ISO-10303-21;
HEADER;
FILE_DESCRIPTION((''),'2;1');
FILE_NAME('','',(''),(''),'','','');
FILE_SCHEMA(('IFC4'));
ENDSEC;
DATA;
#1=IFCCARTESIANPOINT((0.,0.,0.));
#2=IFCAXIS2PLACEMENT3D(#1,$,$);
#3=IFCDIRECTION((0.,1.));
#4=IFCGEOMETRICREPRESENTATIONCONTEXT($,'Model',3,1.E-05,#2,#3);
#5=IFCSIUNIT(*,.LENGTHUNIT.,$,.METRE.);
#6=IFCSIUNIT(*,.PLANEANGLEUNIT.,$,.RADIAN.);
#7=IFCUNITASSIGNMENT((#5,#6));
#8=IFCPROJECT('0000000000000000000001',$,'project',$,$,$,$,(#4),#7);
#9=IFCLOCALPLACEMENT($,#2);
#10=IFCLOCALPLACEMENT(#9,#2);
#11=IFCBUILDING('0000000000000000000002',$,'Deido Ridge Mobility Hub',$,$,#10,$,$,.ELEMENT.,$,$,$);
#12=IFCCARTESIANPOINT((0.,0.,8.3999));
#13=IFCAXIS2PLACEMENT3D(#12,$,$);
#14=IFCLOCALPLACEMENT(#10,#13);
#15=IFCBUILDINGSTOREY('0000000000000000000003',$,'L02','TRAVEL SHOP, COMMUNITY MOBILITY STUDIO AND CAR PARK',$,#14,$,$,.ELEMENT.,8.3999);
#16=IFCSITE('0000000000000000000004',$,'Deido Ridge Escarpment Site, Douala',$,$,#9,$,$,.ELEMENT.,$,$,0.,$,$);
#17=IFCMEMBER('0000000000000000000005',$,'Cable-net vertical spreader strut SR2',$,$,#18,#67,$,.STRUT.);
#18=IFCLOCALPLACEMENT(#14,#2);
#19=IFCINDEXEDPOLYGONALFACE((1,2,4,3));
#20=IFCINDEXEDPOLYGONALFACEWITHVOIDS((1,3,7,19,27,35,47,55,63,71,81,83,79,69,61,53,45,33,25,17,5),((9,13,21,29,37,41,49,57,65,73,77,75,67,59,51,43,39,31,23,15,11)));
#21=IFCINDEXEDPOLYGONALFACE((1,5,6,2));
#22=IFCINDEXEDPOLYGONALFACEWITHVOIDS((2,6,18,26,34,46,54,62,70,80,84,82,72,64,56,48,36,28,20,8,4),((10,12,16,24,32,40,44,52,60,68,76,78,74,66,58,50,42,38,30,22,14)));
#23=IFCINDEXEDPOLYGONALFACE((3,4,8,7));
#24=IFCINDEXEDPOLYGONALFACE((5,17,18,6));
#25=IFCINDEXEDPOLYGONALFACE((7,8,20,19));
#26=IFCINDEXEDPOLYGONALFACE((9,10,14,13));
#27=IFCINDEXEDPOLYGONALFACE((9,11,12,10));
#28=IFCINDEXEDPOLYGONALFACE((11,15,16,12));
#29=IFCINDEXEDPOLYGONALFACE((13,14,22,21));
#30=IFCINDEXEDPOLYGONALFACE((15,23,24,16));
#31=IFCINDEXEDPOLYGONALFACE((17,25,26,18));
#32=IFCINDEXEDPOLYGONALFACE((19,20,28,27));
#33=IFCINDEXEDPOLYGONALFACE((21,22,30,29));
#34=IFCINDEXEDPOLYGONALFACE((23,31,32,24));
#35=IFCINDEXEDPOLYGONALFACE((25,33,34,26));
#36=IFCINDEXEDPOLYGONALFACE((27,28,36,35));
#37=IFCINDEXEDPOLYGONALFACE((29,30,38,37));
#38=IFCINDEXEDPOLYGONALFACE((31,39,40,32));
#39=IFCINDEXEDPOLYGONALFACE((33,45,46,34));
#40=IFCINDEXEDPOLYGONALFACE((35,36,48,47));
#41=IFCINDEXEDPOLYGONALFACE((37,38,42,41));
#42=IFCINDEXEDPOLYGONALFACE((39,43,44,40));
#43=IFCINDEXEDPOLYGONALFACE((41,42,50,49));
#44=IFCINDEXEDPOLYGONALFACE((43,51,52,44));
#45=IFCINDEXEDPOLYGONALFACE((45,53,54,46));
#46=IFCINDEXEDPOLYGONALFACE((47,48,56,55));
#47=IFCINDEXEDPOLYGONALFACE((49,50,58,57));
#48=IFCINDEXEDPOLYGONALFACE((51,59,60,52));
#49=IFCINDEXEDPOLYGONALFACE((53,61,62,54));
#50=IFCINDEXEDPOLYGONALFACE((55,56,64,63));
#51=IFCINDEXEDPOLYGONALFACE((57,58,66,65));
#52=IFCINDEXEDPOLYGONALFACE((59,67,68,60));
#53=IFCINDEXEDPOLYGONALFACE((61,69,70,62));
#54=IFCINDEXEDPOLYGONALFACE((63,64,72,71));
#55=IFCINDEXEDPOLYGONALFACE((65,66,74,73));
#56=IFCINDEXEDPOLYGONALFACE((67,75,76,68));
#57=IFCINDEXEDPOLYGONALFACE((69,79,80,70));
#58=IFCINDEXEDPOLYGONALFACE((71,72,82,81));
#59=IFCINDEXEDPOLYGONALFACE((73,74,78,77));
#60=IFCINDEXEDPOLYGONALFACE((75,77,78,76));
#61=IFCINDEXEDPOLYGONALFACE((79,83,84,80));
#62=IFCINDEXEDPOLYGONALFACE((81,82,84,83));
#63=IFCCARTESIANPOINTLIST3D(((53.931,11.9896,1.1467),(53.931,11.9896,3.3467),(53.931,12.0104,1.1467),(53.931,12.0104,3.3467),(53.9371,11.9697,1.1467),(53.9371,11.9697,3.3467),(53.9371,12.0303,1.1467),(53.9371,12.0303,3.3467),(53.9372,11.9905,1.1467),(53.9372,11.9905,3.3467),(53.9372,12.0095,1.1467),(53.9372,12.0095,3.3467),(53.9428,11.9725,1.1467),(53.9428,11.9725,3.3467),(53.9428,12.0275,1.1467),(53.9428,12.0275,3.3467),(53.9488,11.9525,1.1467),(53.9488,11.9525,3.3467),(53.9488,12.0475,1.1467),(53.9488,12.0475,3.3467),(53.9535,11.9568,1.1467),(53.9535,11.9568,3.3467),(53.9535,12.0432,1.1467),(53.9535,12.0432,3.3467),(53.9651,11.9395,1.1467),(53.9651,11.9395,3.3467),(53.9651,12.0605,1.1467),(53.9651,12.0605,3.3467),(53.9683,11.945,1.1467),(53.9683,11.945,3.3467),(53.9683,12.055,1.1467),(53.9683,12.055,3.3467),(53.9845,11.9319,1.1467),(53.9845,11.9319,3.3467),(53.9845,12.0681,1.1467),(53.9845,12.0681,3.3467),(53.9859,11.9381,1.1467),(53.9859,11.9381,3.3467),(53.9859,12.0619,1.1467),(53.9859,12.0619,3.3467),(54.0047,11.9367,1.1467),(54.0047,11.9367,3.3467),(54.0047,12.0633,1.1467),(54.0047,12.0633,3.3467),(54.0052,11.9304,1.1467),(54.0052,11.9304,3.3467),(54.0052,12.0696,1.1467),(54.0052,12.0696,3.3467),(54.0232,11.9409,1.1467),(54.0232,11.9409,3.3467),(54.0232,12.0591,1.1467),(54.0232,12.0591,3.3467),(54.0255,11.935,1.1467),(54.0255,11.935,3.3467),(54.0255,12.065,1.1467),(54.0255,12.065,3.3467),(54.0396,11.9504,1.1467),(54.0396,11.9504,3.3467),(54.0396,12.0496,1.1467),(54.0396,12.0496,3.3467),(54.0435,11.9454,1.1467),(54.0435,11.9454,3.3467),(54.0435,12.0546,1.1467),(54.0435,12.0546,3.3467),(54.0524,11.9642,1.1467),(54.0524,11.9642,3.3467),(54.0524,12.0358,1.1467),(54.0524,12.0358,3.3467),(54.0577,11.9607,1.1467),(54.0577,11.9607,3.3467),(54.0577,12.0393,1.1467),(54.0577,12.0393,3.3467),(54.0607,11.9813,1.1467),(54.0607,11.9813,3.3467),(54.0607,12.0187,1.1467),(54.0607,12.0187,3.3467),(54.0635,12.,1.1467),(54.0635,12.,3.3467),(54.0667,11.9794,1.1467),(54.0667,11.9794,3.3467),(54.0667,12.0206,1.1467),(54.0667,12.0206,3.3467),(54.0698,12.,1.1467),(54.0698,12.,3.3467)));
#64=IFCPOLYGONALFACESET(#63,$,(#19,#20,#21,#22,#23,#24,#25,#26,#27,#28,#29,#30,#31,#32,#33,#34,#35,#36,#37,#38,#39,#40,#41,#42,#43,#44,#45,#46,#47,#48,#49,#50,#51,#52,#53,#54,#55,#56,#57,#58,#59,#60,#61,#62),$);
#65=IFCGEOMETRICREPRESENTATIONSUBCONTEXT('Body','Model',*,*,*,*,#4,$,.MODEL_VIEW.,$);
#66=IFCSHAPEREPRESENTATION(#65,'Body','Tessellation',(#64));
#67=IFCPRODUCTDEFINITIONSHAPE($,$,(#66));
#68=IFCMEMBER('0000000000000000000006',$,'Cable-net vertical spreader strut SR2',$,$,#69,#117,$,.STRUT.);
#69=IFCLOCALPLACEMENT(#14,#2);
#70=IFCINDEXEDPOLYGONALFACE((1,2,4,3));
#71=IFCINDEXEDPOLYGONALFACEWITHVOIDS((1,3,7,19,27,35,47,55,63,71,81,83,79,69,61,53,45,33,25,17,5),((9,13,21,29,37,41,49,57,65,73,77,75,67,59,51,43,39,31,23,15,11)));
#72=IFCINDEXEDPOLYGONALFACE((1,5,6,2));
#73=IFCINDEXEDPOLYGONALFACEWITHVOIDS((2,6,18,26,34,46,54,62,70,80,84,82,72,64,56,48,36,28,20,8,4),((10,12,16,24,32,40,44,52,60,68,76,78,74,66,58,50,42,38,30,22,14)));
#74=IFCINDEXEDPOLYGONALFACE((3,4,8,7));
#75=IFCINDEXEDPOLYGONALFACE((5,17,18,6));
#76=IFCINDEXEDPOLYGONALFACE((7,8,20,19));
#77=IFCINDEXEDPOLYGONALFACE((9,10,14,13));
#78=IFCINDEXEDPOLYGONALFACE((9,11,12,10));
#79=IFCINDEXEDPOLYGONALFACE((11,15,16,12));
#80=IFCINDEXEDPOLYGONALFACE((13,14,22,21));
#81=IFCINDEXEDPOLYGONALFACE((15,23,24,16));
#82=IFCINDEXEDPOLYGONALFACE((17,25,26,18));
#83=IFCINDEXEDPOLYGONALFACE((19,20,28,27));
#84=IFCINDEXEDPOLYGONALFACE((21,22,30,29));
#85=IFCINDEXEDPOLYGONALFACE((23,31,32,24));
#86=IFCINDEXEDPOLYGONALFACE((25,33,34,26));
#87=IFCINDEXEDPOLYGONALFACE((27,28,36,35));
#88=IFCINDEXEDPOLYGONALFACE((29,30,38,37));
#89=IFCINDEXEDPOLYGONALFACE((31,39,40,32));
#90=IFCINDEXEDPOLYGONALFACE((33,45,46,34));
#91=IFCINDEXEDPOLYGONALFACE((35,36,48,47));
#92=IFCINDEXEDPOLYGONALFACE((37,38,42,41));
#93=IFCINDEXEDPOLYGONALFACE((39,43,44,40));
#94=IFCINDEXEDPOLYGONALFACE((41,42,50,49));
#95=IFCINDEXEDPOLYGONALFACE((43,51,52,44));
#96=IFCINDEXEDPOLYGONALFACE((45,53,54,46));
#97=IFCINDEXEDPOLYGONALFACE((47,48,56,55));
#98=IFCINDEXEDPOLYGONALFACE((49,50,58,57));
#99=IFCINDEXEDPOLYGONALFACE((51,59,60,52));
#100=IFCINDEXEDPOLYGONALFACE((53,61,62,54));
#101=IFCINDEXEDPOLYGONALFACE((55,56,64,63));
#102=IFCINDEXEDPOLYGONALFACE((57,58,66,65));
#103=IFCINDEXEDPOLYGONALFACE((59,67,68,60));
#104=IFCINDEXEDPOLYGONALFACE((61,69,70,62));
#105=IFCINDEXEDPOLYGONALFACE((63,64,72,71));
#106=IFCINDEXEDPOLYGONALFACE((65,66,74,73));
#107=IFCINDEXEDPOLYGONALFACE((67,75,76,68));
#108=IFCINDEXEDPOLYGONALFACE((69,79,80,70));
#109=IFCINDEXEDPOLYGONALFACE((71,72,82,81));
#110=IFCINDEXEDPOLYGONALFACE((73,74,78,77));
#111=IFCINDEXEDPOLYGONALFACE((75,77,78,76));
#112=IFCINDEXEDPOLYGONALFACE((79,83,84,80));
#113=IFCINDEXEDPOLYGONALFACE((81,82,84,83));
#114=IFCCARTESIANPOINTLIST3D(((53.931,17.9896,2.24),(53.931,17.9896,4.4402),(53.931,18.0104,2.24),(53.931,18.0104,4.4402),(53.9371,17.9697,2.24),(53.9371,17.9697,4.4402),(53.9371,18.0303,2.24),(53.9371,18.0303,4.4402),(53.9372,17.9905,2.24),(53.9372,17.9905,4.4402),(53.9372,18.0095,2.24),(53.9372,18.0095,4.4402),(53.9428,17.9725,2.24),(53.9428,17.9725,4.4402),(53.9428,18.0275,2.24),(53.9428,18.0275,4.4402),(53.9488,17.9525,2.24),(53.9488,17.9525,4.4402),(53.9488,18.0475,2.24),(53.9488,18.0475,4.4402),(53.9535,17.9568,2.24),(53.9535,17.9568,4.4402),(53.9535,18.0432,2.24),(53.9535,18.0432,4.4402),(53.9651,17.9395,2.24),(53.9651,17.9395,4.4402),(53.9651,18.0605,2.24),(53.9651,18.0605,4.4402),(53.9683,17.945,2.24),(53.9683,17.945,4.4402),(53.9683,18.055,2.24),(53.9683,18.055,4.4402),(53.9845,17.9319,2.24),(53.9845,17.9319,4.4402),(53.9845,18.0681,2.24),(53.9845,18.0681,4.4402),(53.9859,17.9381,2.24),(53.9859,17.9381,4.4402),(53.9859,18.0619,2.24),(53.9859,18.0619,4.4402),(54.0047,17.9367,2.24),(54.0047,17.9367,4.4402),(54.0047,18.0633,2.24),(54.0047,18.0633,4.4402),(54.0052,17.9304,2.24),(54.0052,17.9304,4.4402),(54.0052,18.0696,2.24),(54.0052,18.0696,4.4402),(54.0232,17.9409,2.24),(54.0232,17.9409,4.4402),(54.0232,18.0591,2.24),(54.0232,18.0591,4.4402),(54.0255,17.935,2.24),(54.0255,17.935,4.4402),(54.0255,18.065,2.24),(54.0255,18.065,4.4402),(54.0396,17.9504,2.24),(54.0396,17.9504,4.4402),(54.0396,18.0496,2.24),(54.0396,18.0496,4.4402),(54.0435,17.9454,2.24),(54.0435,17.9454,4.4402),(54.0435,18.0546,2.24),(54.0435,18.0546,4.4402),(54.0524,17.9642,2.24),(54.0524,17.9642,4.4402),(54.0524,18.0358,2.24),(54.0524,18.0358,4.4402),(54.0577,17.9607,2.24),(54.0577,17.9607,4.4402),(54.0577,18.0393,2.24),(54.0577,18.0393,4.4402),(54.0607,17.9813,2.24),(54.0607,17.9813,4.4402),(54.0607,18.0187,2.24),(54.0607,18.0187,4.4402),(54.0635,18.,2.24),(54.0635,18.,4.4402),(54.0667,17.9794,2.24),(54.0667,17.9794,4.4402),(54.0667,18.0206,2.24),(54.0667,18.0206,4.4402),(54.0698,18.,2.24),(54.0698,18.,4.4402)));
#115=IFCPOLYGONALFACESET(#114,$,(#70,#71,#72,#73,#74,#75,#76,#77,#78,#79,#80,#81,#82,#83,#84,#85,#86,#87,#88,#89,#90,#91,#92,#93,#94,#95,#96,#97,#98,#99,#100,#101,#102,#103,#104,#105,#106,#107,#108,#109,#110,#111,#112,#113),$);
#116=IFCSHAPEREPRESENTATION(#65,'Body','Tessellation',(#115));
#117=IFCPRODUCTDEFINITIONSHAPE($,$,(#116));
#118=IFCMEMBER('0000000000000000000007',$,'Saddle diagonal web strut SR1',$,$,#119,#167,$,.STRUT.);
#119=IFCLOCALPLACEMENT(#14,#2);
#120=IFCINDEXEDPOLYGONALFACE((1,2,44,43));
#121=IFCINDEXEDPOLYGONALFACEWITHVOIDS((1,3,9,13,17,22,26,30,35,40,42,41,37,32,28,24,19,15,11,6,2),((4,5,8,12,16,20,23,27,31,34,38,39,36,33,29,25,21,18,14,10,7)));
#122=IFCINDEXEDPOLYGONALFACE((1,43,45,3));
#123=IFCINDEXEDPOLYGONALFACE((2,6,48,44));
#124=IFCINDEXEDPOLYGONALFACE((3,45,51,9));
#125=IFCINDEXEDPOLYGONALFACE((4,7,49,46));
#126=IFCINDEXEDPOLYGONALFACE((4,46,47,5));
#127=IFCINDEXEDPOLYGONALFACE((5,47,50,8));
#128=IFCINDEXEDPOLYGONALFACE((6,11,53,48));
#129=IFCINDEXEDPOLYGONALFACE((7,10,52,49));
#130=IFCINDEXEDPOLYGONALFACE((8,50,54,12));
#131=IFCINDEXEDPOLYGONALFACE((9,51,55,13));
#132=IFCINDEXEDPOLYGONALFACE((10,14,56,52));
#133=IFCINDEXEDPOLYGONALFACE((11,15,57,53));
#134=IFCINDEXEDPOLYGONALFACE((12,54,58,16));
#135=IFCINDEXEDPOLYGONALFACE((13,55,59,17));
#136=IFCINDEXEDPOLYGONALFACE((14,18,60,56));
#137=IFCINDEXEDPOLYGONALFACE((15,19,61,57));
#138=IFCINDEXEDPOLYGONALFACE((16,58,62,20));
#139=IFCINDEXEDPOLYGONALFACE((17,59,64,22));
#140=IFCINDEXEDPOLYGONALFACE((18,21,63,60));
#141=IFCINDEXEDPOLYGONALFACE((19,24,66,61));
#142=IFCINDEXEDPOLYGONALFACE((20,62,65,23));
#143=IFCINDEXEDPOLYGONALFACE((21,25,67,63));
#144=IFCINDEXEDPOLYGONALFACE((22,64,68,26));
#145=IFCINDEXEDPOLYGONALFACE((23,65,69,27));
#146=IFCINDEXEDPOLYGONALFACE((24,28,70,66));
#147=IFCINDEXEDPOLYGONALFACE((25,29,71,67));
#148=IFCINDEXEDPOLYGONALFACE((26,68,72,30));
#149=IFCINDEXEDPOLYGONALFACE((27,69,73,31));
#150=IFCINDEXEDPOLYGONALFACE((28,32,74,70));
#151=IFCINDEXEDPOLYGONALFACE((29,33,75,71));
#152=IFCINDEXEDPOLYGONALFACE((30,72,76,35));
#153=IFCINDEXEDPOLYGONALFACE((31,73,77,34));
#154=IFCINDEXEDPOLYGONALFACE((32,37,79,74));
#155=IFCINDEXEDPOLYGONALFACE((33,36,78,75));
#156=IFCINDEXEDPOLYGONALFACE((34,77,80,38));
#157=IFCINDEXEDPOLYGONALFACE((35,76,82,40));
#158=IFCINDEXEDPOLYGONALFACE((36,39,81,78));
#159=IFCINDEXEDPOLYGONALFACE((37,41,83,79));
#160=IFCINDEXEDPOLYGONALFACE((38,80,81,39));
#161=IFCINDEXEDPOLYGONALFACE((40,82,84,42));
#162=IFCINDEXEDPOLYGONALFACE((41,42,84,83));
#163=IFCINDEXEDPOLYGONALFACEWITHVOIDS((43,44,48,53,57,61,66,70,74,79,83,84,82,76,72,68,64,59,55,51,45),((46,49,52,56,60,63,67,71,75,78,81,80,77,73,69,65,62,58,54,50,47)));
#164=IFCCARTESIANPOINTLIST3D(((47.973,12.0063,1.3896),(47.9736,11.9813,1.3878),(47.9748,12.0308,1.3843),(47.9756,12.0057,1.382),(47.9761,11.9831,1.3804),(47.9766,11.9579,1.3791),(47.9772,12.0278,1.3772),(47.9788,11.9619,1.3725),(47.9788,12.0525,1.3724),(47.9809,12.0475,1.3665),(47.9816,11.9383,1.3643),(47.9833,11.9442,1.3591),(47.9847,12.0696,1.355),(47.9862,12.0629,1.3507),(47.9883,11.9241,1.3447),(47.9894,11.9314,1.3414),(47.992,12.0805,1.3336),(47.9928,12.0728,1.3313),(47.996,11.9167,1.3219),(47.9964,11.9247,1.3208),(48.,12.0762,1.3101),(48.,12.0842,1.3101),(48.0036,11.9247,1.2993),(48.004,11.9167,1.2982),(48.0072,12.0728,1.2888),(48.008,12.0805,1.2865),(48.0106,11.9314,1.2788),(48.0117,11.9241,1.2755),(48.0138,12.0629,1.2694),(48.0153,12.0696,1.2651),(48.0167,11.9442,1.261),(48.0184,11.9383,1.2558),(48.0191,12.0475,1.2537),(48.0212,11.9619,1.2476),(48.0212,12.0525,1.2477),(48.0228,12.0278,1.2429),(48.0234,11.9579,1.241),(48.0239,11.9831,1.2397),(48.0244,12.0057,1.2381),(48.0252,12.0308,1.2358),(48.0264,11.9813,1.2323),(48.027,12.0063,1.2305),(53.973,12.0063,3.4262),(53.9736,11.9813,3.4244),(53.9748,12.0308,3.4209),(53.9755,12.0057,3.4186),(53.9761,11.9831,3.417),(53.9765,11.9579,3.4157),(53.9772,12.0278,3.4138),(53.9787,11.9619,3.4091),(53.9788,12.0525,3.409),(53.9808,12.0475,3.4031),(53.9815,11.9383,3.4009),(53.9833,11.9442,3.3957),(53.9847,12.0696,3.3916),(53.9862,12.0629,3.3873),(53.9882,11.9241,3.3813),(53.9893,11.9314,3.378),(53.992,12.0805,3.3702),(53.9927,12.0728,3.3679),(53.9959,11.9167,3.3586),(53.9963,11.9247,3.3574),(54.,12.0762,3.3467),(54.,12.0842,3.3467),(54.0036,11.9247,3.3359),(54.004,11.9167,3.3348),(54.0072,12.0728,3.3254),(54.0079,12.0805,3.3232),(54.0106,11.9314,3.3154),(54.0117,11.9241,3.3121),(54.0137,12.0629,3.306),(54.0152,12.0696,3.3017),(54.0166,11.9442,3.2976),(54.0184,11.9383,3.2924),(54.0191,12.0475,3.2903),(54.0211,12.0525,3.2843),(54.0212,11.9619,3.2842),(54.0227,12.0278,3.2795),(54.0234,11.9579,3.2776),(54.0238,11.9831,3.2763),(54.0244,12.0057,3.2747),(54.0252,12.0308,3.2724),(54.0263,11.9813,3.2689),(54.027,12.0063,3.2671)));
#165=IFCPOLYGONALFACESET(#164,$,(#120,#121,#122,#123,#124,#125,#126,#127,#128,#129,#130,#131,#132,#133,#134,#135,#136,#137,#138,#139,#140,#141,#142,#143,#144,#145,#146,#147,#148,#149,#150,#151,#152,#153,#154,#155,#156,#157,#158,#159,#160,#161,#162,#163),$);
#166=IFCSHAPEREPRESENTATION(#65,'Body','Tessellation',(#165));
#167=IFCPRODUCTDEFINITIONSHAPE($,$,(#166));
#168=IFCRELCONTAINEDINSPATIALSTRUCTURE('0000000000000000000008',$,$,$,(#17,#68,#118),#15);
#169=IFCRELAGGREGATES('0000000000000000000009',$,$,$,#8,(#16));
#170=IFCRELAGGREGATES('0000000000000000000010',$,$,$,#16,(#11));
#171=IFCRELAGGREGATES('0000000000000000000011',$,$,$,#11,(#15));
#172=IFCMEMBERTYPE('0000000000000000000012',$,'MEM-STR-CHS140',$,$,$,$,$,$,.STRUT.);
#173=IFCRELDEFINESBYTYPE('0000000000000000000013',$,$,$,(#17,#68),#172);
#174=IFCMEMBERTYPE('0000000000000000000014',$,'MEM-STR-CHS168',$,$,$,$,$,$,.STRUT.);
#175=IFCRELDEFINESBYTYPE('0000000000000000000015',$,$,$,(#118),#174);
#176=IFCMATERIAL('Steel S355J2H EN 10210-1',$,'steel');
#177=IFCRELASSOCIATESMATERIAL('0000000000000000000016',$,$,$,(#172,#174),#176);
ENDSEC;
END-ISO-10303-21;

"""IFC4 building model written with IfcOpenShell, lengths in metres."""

from ifc_helpers import new_model, si_unit, direction, frame, origin, origin_2d, place, context, subcontext, project, spatial, hollow_circle, extrude, material, material_profile, profile_set, type_object, element, save


model = new_model("IFC4")

# Units and contexts
model_context = context("Model", 3, precision=1e-05, world=origin(), true_north=direction((0.0, 1.0)))
body_context = subcontext(model_context, "Body", "Model", "MODEL_VIEW")
ifc_project = project(units=[si_unit("LENGTHUNIT", "METRE"), si_unit("PLANEANGLEUNIT", "RADIAN")], contexts=[model_context])

# Site, building, storey
site_placement = place(None, origin())
site = spatial("IfcSite", under=ifc_project, at=site_placement, Name="Deido Ridge Escarpment Site, Douala", CompositionType="ELEMENT", RefElevation=0.0)
building_placement = place(site_placement, origin())
building = spatial("IfcBuilding", under=site, at=building_placement, Name="Deido Ridge Mobility Hub", CompositionType="ELEMENT")
storey_placement = place(building_placement, frame((0.0, 0.0, 8.3999)))
storey = spatial("IfcBuildingStorey", under=building, at=storey_placement, Name="L02", Description="TRAVEL SHOP, COMMUNITY MOBILITY STUDIO AND CAR PARK", CompositionType="ELEMENT", Elevation=8.3999)

# Members
ifc_material_1 = material(Name="Steel S355J2H EN 10210-1", Category="steel")
ifc_material_profile_1 = material_profile(ifc_material_1, hollow_circle(Radius=0.0698, WallThickness=0.0063, at=origin_2d()), Name="CHS 139.7x6.3")
ifc_profile_set_1 = profile_set([ifc_material_profile_1], Name="Steel S355J2H EN 10210-1")
member_type_1 = type_object("IfcMemberType", Name="MEM-STR-CHS140", PredefinedType="STRUT", material=ifc_profile_set_1)
for number, where, z_axis, x_axis, name in (
    (1, (54.0, 12.0, 1.1467), (0.0, 0.0, 1.0), (1.0, 0.0, 0.0), "Cable-net vertical spreader strut SR2"),
):
    element("IfcMember", number, at=place(storey_placement, frame(where, z_axis=z_axis, x_axis=x_axis)), inside=storey, type_object=member_type_1, Name=name, PredefinedType="STRUT", context=body_context, shape_type="SweptSolid", body=[
        extrude(hollow_circle(Radius=0.0698, WallThickness=0.0063, at=origin_2d()), origin(), (0.0, 0.0, 1.0), 2.2),
    ])
member_1_placement = place(storey_placement, frame((54.0, 18.0, 2.24), z_axis=(0.0, 0.0, 1.0), x_axis=(1.0, 0.0, 0.0)))
element("IfcMember", 2, at=member_1_placement, inside=storey, type_object=member_type_1, Name="Cable-net vertical spreader strut SR2", PredefinedType="STRUT", context=body_context, shape_type="SweptSolid", body=[
    extrude(hollow_circle(Radius=0.0698, WallThickness=0.0063, at=origin_2d()), origin(), (0.0, 0.0, 1.0), 2.2002),
])
ifc_material_profile_2 = material_profile(ifc_material_1, hollow_circle(Radius=0.0842, WallThickness=0.0081, at=origin_2d()), Name="CHS 168.3x8")
ifc_profile_set_2 = profile_set([ifc_material_profile_2], Name="Steel S355J2H EN 10210-1")
member_type_2 = type_object("IfcMemberType", Name="MEM-STR-CHS168", PredefinedType="STRUT", material=ifc_profile_set_2)
member_2_placement = place(storey_placement, frame((48.0, 12.0, 1.3101), z_axis=(0.946935, 0.0, 0.321425), x_axis=(0.0, 1.0, 0.0)))
element("IfcMember", 3, at=member_2_placement, inside=storey, type_object=member_type_2, Name="Saddle diagonal web strut SR1", PredefinedType="STRUT", context=body_context, shape_type="SweptSolid", body=[
    extrude(hollow_circle(Radius=0.0842, WallThickness=0.0081, at=origin_2d()), origin(), (0.0, 0.0, 1.0), 6.3362),
])

save(model, "model.ifc")
